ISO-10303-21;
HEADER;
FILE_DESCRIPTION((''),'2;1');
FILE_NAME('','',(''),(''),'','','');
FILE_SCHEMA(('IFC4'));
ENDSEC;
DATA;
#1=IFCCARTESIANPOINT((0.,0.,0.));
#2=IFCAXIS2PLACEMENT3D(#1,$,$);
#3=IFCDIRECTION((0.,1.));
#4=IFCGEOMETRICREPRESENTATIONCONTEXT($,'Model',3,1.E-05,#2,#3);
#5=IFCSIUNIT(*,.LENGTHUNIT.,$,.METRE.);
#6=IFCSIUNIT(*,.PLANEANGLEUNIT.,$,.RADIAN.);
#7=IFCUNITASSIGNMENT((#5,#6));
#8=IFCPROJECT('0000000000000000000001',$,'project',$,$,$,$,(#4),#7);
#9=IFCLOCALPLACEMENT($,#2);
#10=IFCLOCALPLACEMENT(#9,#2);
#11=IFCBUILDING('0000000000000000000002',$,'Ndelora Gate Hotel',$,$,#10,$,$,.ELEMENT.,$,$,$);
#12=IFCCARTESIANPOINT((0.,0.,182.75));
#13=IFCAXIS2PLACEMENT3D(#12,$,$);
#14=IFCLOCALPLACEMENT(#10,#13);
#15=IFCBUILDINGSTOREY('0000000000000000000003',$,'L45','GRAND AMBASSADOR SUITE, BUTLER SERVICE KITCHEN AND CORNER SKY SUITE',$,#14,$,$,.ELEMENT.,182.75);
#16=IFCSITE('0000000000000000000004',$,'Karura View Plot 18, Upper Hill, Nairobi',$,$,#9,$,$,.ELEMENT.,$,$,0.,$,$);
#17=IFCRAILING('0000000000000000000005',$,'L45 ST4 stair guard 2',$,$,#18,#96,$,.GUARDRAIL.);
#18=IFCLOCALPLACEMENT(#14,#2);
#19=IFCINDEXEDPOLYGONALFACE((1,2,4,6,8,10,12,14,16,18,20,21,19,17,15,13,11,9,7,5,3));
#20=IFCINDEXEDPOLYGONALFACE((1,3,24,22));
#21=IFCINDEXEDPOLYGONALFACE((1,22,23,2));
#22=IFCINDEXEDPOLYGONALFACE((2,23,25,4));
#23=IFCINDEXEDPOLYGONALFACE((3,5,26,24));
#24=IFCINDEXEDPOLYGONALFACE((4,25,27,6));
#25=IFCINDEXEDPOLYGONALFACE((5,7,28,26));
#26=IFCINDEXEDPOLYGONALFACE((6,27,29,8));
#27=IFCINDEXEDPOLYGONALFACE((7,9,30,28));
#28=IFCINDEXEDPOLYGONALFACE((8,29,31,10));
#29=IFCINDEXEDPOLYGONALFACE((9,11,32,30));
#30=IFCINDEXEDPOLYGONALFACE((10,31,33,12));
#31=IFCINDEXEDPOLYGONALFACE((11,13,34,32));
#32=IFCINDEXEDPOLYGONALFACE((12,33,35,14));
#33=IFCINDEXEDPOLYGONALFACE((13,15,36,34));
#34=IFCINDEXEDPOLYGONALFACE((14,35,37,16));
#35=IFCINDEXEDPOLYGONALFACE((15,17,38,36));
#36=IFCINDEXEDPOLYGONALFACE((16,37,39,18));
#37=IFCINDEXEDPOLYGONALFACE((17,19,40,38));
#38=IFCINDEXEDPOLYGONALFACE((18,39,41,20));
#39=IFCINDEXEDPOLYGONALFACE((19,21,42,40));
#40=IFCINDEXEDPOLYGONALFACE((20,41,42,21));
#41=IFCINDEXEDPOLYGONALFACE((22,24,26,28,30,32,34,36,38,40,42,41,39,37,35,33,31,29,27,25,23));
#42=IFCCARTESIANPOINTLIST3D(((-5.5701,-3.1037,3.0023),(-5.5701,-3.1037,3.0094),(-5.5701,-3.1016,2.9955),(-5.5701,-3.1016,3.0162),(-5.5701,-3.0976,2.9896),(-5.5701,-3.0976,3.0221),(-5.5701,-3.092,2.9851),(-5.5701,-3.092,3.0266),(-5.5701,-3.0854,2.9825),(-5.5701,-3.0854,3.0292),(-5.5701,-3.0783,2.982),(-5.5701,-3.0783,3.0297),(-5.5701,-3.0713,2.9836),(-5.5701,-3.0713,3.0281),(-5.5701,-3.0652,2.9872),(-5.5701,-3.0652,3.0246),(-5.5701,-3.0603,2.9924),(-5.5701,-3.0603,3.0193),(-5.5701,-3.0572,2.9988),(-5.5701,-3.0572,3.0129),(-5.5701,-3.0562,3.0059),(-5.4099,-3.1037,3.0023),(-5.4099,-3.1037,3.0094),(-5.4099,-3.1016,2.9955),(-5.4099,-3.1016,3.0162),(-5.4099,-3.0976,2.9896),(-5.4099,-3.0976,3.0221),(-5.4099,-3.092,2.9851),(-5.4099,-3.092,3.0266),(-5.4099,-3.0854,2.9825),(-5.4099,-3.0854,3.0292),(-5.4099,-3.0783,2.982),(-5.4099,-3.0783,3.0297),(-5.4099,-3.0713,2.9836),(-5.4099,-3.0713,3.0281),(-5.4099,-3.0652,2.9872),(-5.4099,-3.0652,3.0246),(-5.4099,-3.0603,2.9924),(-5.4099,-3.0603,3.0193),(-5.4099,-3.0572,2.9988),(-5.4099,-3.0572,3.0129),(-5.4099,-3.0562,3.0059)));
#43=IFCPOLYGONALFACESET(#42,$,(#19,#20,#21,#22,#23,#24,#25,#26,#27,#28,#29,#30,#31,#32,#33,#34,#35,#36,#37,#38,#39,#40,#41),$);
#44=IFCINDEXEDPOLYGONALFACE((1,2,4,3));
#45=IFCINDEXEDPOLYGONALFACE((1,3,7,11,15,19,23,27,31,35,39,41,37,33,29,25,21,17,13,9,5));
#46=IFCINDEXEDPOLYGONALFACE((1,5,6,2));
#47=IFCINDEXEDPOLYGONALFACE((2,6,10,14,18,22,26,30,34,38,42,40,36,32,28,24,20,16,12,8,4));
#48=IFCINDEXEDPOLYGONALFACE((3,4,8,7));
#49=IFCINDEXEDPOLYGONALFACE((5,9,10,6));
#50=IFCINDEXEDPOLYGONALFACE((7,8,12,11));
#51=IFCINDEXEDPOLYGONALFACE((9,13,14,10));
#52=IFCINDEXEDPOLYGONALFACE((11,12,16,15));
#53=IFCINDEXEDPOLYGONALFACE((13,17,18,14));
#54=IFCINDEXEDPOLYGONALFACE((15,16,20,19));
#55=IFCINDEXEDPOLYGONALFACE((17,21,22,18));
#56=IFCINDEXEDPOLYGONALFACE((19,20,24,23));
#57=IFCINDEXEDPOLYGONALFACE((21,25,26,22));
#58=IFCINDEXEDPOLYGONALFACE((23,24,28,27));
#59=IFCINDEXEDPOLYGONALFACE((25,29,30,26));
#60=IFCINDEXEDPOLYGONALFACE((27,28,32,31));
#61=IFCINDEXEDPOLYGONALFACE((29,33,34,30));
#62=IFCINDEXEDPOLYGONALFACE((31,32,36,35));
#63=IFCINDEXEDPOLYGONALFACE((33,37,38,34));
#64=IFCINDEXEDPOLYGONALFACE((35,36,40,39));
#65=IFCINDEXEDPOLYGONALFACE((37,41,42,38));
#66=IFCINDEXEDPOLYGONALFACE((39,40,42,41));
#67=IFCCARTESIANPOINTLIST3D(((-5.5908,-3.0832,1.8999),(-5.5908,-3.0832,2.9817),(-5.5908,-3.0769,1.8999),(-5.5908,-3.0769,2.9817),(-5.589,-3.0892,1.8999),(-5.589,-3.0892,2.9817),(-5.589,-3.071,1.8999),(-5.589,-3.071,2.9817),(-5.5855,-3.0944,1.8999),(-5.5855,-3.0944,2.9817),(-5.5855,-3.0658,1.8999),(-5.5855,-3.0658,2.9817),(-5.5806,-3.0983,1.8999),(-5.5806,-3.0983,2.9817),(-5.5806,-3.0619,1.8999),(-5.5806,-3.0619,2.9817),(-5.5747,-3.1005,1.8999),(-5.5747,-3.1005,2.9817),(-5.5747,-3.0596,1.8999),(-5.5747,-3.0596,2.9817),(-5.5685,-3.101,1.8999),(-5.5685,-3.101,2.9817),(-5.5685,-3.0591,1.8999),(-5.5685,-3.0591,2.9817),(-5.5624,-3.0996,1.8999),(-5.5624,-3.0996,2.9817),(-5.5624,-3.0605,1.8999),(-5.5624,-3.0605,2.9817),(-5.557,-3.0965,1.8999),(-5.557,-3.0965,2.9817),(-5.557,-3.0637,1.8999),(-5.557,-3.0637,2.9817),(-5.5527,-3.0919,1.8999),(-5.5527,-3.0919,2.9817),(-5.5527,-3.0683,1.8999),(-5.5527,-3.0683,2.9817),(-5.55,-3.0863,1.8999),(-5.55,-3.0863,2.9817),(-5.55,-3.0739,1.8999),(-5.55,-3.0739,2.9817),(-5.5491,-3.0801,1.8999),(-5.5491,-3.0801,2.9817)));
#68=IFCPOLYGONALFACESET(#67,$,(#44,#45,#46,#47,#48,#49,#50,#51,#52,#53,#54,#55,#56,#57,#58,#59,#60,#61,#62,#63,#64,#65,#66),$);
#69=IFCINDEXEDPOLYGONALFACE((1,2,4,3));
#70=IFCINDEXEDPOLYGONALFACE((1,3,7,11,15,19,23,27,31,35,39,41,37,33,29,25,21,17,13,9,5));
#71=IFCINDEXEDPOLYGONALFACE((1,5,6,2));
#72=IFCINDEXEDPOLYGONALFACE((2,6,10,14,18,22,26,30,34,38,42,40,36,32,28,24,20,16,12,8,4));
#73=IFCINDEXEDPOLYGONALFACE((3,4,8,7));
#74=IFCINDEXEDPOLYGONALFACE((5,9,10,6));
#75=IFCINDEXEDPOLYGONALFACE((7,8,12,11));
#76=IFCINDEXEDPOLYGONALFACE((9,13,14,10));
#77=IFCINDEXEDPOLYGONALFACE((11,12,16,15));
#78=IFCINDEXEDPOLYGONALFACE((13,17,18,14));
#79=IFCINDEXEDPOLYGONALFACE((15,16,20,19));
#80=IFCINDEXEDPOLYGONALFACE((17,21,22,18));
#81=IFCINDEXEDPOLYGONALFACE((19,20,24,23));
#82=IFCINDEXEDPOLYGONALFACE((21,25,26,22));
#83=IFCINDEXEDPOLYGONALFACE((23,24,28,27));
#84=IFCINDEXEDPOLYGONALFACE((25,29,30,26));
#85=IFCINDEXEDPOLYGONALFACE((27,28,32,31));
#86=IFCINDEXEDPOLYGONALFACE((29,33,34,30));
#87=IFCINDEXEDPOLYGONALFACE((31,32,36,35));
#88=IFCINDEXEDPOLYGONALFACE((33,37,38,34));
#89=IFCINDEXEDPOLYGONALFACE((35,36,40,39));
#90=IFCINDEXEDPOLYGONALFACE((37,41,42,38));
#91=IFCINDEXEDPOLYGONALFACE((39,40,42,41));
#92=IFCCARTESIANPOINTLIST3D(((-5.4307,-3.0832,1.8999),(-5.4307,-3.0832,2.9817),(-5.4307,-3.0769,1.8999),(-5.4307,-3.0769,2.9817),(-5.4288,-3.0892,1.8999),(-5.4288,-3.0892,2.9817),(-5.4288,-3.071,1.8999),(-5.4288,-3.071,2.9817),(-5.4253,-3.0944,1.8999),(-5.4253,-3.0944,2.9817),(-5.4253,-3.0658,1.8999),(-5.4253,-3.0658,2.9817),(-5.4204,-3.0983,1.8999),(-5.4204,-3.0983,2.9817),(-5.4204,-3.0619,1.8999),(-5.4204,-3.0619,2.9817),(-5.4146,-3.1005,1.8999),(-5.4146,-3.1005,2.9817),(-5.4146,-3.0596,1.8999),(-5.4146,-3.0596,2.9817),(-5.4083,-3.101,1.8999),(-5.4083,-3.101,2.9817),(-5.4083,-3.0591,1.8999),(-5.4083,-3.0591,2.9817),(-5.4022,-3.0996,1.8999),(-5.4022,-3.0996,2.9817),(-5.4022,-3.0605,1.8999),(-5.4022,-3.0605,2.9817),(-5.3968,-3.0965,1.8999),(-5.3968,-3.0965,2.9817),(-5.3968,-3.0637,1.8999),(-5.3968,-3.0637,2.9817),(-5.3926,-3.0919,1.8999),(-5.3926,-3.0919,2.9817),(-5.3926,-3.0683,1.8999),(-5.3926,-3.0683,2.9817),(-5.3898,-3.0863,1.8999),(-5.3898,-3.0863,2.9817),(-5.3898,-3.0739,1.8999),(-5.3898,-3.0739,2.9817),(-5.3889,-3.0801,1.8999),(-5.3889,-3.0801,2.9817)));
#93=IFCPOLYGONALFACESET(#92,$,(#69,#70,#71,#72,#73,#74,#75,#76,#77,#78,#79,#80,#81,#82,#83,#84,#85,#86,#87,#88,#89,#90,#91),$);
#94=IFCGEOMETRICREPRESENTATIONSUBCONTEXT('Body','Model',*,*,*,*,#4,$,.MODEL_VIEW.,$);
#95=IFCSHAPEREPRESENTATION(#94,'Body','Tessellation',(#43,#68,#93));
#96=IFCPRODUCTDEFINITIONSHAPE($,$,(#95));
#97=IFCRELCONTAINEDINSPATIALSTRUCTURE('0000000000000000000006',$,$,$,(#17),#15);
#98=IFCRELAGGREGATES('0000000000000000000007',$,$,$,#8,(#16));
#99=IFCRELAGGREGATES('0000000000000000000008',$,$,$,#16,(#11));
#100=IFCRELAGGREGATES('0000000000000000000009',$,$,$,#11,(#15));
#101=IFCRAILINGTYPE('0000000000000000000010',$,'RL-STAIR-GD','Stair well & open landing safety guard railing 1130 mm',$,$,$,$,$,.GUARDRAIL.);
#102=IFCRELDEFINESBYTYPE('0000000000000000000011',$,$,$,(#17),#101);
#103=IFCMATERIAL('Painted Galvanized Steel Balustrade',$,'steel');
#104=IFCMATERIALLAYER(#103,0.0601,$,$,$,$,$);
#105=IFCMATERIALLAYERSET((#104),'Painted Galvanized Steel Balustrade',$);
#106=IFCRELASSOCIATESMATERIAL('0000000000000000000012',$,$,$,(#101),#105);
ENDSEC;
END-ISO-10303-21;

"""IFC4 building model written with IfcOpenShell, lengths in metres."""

from ifc_helpers import new_model, si_unit, direction, frame, origin, origin_2d, place, context, subcontext, project, spatial, circle, extrude, material, layer, layer_set, type_object, element, save


model = new_model("IFC4")

# Units and contexts
model_context = context("Model", 3, precision=1e-05, world=origin(), true_north=direction((0.0, 1.0)))
body_context = subcontext(model_context, "Body", "Model", "MODEL_VIEW")
ifc_project = project(units=[si_unit("LENGTHUNIT", "METRE"), si_unit("PLANEANGLEUNIT", "RADIAN")], contexts=[model_context])

# Site, building, storey
site_placement = place(None, origin())
site = spatial("IfcSite", under=ifc_project, at=site_placement, Name="Karura View Plot 18, Upper Hill, Nairobi", CompositionType="ELEMENT", RefElevation=0.0)
building_placement = place(site_placement, origin())
building = spatial("IfcBuilding", under=site, at=building_placement, Name="Ndelora Gate Hotel", CompositionType="ELEMENT")
storey_placement = place(building_placement, frame((0.0, 0.0, 182.75)))
storey = spatial("IfcBuildingStorey", under=building, at=storey_placement, Name="L45", Description="GRAND AMBASSADOR SUITE, BUTLER SERVICE KITCHEN AND CORNER SKY SUITE", CompositionType="ELEMENT", Elevation=182.75)

# Railing
ifc_material_1 = material(Name="Painted Galvanized Steel Balustrade", Category="steel")
ifc_layer_1 = layer(ifc_material_1, 0.0601)
ifc_layer_set_1 = layer_set([ifc_layer_1], Name="Painted Galvanized Steel Balustrade")
railing_type_1 = type_object("IfcRailingType", Name="RL-STAIR-GD", Description="Stair well & open landing safety guard railing 1130 mm", PredefinedType="GUARDRAIL", material=ifc_layer_set_1)
railing_1_placement = place(storey_placement, frame((-5.5701, -3.0801, 1.8999)))
element("IfcRailing", 1, at=railing_1_placement, inside=storey, type_object=railing_type_1, Name="L45 ST4 stair guard 2", PredefinedType="GUARDRAIL", context=body_context, shape_type="SweptSolid", body=[
    extrude(circle(Radius=0.0239, at=origin_2d()), frame((0.0, 0.0, 1.106), z_axis=(1.0, 0.0, 0.0), x_axis=(0.0, 1.0, 0.0)), (0.0, 0.0, 1.0), 0.1602),
    extrude(circle(Radius=0.021, at=origin_2d()), origin(), (0.0, 0.0, 1.0), 1.0818),
    extrude(circle(Radius=0.021, at=origin_2d()), frame((0.1602, 0.0, 0.0)), (0.0, 0.0, 1.0), 1.0818),
])

save(model, "model.ifc")
